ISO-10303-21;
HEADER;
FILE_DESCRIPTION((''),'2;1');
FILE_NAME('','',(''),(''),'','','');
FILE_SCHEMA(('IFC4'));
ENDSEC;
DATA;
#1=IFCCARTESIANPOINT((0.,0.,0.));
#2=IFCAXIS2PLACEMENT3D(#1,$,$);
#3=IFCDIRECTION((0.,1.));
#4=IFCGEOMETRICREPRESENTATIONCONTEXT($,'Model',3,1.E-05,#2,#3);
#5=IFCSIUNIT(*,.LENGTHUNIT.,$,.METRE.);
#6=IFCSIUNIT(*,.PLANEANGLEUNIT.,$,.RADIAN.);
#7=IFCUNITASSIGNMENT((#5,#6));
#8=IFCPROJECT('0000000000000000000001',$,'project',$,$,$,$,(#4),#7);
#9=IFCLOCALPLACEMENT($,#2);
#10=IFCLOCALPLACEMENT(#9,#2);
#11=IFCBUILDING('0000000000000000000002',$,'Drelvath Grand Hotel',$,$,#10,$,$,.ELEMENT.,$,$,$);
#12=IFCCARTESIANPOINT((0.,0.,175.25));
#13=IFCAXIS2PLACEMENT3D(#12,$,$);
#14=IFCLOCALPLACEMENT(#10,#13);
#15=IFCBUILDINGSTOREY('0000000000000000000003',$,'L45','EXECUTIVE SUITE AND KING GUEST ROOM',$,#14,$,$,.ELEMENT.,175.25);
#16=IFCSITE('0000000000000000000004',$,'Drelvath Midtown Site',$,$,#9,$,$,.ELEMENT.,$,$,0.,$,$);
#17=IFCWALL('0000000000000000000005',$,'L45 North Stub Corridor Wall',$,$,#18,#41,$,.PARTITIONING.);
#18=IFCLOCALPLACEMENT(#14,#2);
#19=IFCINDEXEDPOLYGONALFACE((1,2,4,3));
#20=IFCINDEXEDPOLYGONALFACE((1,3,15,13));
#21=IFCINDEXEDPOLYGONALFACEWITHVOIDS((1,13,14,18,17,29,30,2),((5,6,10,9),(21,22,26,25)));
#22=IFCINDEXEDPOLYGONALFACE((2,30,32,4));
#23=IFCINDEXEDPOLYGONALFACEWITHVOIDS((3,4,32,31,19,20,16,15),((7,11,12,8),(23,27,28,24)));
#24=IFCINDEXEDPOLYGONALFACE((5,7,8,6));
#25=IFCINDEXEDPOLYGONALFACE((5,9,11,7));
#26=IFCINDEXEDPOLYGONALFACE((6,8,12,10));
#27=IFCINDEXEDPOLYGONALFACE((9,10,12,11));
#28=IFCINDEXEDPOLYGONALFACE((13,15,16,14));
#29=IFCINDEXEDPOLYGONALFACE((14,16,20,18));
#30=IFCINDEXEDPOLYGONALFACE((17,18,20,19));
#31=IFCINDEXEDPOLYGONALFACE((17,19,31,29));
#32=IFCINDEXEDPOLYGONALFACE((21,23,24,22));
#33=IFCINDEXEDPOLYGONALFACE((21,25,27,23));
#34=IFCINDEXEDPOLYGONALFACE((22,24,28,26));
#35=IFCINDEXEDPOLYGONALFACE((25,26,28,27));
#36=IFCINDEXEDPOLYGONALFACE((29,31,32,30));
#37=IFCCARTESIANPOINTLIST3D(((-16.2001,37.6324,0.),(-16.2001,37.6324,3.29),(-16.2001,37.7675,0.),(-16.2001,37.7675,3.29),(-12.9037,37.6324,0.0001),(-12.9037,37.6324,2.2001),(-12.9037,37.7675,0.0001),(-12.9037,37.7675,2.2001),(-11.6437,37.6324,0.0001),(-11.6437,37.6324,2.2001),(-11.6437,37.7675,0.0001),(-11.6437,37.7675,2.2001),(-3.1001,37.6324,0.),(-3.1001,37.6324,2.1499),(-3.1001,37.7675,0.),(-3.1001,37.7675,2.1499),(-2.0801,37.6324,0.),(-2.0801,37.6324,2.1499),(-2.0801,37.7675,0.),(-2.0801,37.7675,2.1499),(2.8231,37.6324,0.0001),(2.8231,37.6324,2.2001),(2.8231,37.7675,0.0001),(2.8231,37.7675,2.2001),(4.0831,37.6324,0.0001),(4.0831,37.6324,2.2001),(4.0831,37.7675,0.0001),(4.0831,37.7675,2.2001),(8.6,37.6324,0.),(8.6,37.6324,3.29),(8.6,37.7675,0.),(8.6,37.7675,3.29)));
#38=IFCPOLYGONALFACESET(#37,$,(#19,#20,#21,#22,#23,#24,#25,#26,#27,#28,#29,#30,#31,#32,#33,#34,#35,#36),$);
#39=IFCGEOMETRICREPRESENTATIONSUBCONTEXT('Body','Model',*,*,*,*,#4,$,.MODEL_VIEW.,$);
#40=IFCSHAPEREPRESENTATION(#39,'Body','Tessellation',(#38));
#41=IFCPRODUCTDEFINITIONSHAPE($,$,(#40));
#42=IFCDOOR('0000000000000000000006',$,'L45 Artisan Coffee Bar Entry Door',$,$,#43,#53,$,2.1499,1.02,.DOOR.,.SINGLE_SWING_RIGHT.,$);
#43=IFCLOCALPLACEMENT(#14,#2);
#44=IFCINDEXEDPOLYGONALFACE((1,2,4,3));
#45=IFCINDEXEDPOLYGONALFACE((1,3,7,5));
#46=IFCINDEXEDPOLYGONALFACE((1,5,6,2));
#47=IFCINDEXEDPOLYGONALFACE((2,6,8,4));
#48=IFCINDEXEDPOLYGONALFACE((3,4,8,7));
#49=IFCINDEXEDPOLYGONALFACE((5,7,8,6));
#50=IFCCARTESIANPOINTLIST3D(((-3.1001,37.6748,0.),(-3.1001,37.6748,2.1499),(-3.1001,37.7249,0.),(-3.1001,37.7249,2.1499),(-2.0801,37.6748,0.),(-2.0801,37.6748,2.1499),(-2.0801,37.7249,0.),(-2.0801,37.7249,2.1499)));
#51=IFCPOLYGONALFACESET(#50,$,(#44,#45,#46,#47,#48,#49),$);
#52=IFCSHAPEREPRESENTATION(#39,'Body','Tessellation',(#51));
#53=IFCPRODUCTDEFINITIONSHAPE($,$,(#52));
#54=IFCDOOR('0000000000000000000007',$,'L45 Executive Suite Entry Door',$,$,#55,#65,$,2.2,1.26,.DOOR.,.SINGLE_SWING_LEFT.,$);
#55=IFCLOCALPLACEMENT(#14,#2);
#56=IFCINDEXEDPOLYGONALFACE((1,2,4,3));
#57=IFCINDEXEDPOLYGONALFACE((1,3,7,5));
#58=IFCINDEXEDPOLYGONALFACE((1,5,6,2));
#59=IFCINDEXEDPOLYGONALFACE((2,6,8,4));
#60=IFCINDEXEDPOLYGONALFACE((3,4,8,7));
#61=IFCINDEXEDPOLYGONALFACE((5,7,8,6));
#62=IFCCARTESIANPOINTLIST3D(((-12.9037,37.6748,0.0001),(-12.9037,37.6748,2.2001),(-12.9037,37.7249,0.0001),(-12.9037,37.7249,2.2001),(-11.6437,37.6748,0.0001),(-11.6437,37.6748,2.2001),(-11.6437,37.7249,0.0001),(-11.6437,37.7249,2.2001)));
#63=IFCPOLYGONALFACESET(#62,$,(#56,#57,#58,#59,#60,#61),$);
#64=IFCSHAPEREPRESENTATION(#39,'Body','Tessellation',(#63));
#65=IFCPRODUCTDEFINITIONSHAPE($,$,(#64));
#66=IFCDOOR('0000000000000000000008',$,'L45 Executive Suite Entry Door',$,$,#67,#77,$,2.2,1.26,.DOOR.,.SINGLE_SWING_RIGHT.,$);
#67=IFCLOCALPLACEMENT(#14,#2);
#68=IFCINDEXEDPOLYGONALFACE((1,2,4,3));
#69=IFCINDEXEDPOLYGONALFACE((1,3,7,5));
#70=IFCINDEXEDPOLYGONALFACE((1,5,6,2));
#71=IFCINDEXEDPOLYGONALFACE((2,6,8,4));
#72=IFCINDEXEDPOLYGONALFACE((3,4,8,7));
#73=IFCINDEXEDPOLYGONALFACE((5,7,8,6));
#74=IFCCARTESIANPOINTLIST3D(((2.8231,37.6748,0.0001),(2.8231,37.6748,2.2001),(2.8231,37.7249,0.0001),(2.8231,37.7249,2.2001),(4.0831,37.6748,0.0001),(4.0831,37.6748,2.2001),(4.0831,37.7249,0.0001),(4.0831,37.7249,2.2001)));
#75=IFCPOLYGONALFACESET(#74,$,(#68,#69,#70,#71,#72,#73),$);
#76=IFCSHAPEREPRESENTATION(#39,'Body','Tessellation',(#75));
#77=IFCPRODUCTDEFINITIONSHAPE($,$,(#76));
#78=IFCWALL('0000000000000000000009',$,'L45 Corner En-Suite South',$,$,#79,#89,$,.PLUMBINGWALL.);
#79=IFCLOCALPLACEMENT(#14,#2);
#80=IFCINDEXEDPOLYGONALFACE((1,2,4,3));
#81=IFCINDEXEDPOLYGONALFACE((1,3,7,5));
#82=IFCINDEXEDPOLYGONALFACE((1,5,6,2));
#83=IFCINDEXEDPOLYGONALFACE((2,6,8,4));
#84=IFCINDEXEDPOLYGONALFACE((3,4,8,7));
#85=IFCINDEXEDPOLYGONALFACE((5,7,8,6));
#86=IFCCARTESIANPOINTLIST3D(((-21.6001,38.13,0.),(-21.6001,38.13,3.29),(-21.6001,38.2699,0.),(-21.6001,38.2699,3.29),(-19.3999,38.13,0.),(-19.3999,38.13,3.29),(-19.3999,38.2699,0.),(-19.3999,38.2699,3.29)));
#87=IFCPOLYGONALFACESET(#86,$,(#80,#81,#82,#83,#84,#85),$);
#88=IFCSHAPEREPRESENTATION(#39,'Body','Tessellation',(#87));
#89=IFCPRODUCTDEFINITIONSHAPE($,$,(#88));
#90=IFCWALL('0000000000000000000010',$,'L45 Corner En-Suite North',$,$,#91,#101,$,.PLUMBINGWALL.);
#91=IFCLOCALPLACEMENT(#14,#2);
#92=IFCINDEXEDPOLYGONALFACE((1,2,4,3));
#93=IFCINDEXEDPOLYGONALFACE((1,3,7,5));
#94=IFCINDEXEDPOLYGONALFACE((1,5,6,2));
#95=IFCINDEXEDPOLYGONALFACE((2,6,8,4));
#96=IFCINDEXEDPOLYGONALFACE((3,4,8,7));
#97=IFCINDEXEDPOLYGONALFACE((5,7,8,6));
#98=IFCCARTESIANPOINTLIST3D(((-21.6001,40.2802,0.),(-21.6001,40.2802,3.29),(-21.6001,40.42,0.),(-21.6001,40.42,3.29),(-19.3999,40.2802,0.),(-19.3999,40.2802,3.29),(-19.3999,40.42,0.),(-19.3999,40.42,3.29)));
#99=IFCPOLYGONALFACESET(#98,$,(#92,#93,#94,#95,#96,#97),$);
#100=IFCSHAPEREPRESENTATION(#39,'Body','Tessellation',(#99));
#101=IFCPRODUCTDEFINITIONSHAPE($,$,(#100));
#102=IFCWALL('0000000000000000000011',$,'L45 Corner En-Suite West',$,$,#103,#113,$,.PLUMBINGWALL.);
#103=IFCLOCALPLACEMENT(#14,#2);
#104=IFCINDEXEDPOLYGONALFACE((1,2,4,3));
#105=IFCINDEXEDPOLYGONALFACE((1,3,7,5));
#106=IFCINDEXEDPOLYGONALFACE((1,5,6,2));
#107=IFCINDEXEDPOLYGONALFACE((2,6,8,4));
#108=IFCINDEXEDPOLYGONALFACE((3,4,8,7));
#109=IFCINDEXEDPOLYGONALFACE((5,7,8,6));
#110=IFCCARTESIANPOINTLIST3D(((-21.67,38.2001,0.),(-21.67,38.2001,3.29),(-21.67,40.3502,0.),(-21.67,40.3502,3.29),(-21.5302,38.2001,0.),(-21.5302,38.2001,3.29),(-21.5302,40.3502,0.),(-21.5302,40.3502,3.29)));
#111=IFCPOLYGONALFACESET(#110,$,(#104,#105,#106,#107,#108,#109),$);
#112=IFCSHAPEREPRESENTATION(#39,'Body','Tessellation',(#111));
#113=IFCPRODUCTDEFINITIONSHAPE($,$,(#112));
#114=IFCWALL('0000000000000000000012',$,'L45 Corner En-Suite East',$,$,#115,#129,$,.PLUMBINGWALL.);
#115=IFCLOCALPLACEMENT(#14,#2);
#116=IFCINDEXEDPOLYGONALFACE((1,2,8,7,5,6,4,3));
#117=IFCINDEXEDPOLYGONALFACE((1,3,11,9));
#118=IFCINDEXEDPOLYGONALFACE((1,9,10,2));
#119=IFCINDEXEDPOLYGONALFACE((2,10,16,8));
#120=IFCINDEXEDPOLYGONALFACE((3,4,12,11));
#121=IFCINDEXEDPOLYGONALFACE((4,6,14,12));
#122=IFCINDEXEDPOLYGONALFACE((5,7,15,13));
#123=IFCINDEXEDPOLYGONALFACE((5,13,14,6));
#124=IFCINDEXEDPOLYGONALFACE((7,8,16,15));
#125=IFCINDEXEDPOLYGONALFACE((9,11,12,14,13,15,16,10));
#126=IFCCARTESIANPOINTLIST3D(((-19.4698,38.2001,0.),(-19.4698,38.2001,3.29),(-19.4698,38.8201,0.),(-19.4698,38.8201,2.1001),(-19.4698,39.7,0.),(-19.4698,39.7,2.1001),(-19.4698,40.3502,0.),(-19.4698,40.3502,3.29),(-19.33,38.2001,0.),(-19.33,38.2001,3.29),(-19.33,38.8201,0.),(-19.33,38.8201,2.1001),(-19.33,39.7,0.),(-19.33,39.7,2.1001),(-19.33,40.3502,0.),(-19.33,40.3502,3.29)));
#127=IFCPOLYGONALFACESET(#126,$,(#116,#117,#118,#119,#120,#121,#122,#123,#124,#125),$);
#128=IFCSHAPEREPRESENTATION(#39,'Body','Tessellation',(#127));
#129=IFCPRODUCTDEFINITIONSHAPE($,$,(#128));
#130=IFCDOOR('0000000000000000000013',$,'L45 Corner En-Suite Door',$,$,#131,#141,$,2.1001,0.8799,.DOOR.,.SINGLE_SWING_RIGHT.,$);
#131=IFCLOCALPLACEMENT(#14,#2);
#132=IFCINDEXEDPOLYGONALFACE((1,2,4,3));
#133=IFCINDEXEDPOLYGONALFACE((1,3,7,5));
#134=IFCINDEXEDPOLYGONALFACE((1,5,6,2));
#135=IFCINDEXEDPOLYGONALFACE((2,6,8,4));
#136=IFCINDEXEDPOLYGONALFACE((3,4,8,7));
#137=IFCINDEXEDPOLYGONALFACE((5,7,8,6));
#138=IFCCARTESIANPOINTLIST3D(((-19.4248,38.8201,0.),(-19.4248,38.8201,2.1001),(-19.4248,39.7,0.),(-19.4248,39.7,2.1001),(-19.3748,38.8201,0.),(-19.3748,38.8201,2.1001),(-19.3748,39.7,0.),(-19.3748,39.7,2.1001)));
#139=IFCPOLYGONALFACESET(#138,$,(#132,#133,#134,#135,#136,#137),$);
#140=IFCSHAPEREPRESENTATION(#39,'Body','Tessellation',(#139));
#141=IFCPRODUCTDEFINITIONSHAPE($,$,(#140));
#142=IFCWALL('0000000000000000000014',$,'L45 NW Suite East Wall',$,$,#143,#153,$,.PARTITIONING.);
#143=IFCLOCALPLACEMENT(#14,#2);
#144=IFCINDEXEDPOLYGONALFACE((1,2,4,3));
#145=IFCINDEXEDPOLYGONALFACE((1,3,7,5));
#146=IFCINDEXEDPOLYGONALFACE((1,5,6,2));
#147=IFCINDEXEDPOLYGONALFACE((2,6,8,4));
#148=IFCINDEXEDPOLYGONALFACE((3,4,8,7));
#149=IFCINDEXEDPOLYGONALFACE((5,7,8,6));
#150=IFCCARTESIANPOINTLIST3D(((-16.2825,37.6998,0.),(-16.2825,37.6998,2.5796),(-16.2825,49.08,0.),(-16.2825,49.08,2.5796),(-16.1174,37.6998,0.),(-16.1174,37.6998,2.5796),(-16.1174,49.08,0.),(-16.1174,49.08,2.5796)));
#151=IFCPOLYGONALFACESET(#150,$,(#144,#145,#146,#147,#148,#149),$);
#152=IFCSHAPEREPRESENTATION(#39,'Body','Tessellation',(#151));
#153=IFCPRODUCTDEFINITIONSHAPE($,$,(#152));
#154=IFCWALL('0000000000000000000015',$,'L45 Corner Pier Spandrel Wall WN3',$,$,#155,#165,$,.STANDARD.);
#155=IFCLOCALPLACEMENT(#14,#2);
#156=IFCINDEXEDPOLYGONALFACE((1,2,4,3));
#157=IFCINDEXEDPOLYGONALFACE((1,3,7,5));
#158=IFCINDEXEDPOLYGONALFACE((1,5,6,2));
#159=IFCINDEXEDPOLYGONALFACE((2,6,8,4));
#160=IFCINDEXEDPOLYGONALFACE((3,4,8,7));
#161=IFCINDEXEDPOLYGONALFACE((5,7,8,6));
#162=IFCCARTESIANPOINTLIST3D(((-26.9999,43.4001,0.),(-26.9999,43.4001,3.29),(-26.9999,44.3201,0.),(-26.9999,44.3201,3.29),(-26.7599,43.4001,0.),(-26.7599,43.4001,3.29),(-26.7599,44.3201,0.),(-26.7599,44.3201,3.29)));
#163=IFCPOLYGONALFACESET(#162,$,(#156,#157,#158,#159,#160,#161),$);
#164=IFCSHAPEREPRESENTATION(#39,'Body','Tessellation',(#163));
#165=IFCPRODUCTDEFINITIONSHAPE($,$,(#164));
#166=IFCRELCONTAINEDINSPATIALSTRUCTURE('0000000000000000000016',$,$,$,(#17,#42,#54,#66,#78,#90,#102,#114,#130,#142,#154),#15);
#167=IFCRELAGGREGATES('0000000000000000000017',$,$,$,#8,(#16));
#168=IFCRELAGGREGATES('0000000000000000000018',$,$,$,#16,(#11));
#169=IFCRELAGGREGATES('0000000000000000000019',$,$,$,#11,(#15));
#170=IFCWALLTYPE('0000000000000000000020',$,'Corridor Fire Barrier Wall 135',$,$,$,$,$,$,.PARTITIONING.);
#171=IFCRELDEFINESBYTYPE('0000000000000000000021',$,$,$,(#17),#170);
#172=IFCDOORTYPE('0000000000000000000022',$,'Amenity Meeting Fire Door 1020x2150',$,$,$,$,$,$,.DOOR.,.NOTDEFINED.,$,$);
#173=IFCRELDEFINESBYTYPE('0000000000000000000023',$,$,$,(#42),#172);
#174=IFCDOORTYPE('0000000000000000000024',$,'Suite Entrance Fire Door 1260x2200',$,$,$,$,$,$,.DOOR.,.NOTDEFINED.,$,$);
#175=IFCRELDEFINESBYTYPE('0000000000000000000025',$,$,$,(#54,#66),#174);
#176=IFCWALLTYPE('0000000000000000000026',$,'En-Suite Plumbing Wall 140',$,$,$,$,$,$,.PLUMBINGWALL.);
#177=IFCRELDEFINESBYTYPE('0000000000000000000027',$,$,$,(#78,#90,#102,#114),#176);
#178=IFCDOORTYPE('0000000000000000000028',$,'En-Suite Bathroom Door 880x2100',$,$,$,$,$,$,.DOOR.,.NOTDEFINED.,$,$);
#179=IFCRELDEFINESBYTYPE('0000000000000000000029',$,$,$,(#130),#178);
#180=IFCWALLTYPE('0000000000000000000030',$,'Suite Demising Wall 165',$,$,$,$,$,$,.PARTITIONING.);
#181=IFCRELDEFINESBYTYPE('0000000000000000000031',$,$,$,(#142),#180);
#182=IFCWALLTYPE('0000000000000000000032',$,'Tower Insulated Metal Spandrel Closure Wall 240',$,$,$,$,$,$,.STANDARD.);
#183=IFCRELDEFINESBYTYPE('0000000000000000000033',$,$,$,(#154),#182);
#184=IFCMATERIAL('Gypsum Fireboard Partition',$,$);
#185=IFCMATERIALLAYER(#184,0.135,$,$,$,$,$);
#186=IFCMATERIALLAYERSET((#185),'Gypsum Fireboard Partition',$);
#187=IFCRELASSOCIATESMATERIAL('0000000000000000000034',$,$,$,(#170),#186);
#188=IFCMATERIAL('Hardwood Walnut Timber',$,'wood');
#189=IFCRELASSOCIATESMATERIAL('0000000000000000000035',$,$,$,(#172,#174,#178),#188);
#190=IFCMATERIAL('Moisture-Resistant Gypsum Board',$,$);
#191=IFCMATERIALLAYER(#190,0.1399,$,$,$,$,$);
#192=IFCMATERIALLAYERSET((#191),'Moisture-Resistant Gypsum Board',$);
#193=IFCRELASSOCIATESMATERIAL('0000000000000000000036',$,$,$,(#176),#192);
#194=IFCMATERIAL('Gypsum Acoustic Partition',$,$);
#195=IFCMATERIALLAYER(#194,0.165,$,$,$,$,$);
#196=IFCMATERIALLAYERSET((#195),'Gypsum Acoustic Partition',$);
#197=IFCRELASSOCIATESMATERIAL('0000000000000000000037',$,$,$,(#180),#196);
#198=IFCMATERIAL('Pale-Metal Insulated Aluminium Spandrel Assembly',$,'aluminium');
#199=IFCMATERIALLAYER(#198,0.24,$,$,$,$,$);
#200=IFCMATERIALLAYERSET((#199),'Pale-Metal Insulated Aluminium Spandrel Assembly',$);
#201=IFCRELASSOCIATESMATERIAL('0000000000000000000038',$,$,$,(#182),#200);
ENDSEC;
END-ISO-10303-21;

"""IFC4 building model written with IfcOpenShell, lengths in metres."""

from ifc_helpers import new_model, si_unit, direction, frame, frame_2d, origin, place, context, subcontext, project, spatial, rectangle, extrude, material, layer, layer_set, type_object, element, fill, save


model = new_model("IFC4")

# Units and contexts
model_context = context("Model", 3, precision=1e-05, world=origin(), true_north=direction((0.0, 1.0)))
body_context = subcontext(model_context, "Body", "Model", "MODEL_VIEW")
ifc_project = project(units=[si_unit("LENGTHUNIT", "METRE"), si_unit("PLANEANGLEUNIT", "RADIAN")], contexts=[model_context])

# Site, building, storey
site_placement = place(None, origin())
site = spatial("IfcSite", under=ifc_project, at=site_placement, Name="Drelvath Midtown Site", CompositionType="ELEMENT", RefElevation=0.0)
building_placement = place(site_placement, origin())
building = spatial("IfcBuilding", under=site, at=building_placement, Name="Drelvath Grand Hotel", CompositionType="ELEMENT")
storey_placement = place(building_placement, frame((0.0, 0.0, 175.25)))
storey = spatial("IfcBuildingStorey", under=building, at=storey_placement, Name="L45", Description="EXECUTIVE SUITE AND KING GUEST ROOM", CompositionType="ELEMENT", Elevation=175.25)

# Shared definitions
ifc_material_1 = material(Name="Gypsum Fireboard Partition")
ifc_layer_1 = layer(ifc_material_1, 0.135)
ifc_layer_set_1 = layer_set([ifc_layer_1], Name="Gypsum Fireboard Partition")
wall_type_1 = type_object("IfcWallType", Name="Corridor Fire Barrier Wall 135", PredefinedType="PARTITIONING", material=ifc_layer_set_1)

# Wall, openings, doors
wall_1_placement = place(storey_placement, frame((-16.2, 37.7, 0.0), z_axis=(0.0, 0.0, 1.0), x_axis=(1.0, 0.0, 0.0)))
wall_1 = element("IfcWall", 1, at=wall_1_placement, inside=storey, type_object=wall_type_1, Name="L45 North Stub Corridor Wall", PredefinedType="PARTITIONING", context=body_context, shape_type="SweptSolid", body=[
    extrude(rectangle(XDim=24.8, YDim=0.135, at=frame_2d((12.3999, 0.0))), origin(), (0.0, 0.0, 1.0), 3.29),
])
opening_1_placement = place(wall_1_placement, frame((3.2964, 0.0, 0.0)))
opening_1 = element("IfcOpeningElement", 2, at=opening_1_placement, cuts=wall_1, PredefinedType="OPENING", context=body_context, shape_type="SweptSolid", body=[
    extrude(rectangle(XDim=1.26, YDim=2.2, at=frame_2d((0.6299, 1.1001))), frame((0.0, 0.0774, 0.0), z_axis=(0.0, -1.0, 0.0), x_axis=(1.0, 0.0, 0.0)), (0.0, 0.0, 1.0), 0.155),
])
opening_2_placement = place(wall_1_placement, frame((13.0999, 0.0, 0.0)))
opening_2 = element("IfcOpeningElement", 3, at=opening_2_placement, cuts=wall_1, PredefinedType="OPENING", context=body_context, shape_type="SweptSolid", body=[
    extrude(rectangle(XDim=1.02, YDim=2.1499, at=frame_2d((0.51, 1.075))), frame((0.0, 0.0774, 0.0), z_axis=(0.0, -1.0, 0.0), x_axis=(1.0, 0.0, 0.0)), (0.0, 0.0, 1.0), 0.155),
])
opening_3_placement = place(wall_1_placement, frame((19.0232, 0.0, 0.0)))
opening_3 = element("IfcOpeningElement", 4, at=opening_3_placement, cuts=wall_1, PredefinedType="OPENING", context=body_context, shape_type="SweptSolid", body=[
    extrude(rectangle(XDim=1.26, YDim=2.2, at=frame_2d((0.6299, 1.1001))), frame((0.0, 0.0774, 0.0), z_axis=(0.0, -1.0, 0.0), x_axis=(1.0, 0.0, 0.0)), (0.0, 0.0, 1.0), 0.155),
])
ifc_material_2 = material(Name="Hardwood Walnut Timber", Category="wood")
door_type_1 = type_object("IfcDoorType", Name="Amenity Meeting Fire Door 1020x2150", OperationType="NOTDEFINED", PredefinedType="DOOR", material=ifc_material_2)
door_1_placement = place(opening_2_placement, origin())
door_1 = element("IfcDoor", 5, at=door_1_placement, inside=storey, type_object=door_type_1, Name="L45 Artisan Coffee Bar Entry Door", OperationType="SINGLE_SWING_RIGHT", OverallHeight=2.1499, OverallWidth=1.02, PredefinedType="DOOR", context=body_context, shape_type="SweptSolid", body=[
    extrude(rectangle(XDim=1.02, YDim=2.1499, at=frame_2d((0.51, 1.075))), frame((0.0, 0.0249, 0.0), z_axis=(0.0, -1.0, 0.0), x_axis=(1.0, 0.0, 0.0)), (0.0, 0.0, 1.0), 0.05),
])
fill(opening_2, door_1)
door_type_2 = type_object("IfcDoorType", Name="Suite Entrance Fire Door 1260x2200", OperationType="NOTDEFINED", PredefinedType="DOOR", material=ifc_material_2)
door_2_placement = place(opening_1_placement, origin())
door_2 = element("IfcDoor", 6, at=door_2_placement, inside=storey, type_object=door_type_2, Name="L45 Executive Suite Entry Door", OperationType="SINGLE_SWING_LEFT", OverallHeight=2.2, OverallWidth=1.26, PredefinedType="DOOR", context=body_context, shape_type="SweptSolid", body=[
    extrude(rectangle(XDim=1.26, YDim=2.2, at=frame_2d((0.6299, 1.1001))), frame((0.0, 0.0249, 0.0), z_axis=(0.0, -1.0, 0.0), x_axis=(1.0, 0.0, 0.0)), (0.0, 0.0, 1.0), 0.05),
])
fill(opening_1, door_2)
door_3_placement = place(opening_3_placement, origin())
door_3 = element("IfcDoor", 7, at=door_3_placement, inside=storey, type_object=door_type_2, Name="L45 Executive Suite Entry Door", OperationType="SINGLE_SWING_RIGHT", OverallHeight=2.2, OverallWidth=1.26, PredefinedType="DOOR", context=body_context, shape_type="SweptSolid", body=[
    extrude(rectangle(XDim=1.26, YDim=2.2, at=frame_2d((0.6299, 1.1001))), frame((0.0, 0.0249, 0.0), z_axis=(0.0, -1.0, 0.0), x_axis=(1.0, 0.0, 0.0)), (0.0, 0.0, 1.0), 0.05),
])
fill(opening_3, door_3)

# Walls
ifc_material_3 = material(Name="Moisture-Resistant Gypsum Board")
ifc_layer_2 = layer(ifc_material_3, 0.1399)
ifc_layer_set_2 = layer_set([ifc_layer_2], Name="Moisture-Resistant Gypsum Board")
wall_type_2 = type_object("IfcWallType", Name="En-Suite Plumbing Wall 140", PredefinedType="PLUMBINGWALL", material=ifc_layer_set_2)
for number, where, z_axis, x_axis, name in (
    (8, (-21.6001, 38.2, 0.0), (0.0, 0.0, 1.0), (1.0, 0.0, 0.0), "L45 Corner En-Suite South"),
    (9, (-21.6001, 40.3501, 0.0), (0.0, 0.0, 1.0), (1.0, 0.0, 0.0), "L45 Corner En-Suite North"),
):
    element("IfcWall", number, at=place(storey_placement, frame(where, z_axis=z_axis, x_axis=x_axis)), inside=storey, type_object=wall_type_2, Name=name, PredefinedType="PLUMBINGWALL", context=body_context, shape_type="SweptSolid", body=[
        extrude(rectangle(XDim=2.2002, YDim=0.1399, at=frame_2d((1.1001, 0.0))), origin(), (0.0, 0.0, 1.0), 3.29),
    ])
wall_2_placement = place(storey_placement, frame((-21.6001, 38.2, 0.0), z_axis=(0.0, 0.0, 1.0), x_axis=(0.0, 1.0, 0.0)))
element("IfcWall", 10, at=wall_2_placement, inside=storey, type_object=wall_type_2, Name="L45 Corner En-Suite West", PredefinedType="PLUMBINGWALL", context=body_context, shape_type="SweptSolid", body=[
    extrude(rectangle(XDim=2.1501, YDim=0.1399, at=frame_2d((1.0752, 0.0))), origin(), (0.0, 0.0, 1.0), 3.29),
])

# Wall, opening, door
wall_3_placement = place(storey_placement, frame((-19.3999, 38.2, 0.0), z_axis=(0.0, 0.0, 1.0), x_axis=(0.0, 1.0, 0.0)))
wall_3 = element("IfcWall", 11, at=wall_3_placement, inside=storey, type_object=wall_type_2, Name="L45 Corner En-Suite East", PredefinedType="PLUMBINGWALL", context=body_context, shape_type="SweptSolid", body=[
    extrude(rectangle(XDim=2.1501, YDim=0.1399, at=frame_2d((1.0752, 0.0))), origin(), (0.0, 0.0, 1.0), 3.29),
])
opening_4_placement = place(wall_3_placement, frame((0.6201, 0.0, 0.0)))
opening_4 = element("IfcOpeningElement", 12, at=opening_4_placement, cuts=wall_3, PredefinedType="OPENING", context=body_context, shape_type="SweptSolid", body=[
    extrude(rectangle(XDim=0.8799, YDim=2.1001, at=frame_2d((0.4399, 1.05))), frame((0.0, 0.0798, 0.0), z_axis=(0.0, -1.0, 0.0), x_axis=(1.0, 0.0, 0.0)), (0.0, 0.0, 1.0), 0.1599),
])
door_type_3 = type_object("IfcDoorType", Name="En-Suite Bathroom Door 880x2100", OperationType="NOTDEFINED", PredefinedType="DOOR", material=ifc_material_2)
door_4_placement = place(opening_4_placement, origin())
door_4 = element("IfcDoor", 13, at=door_4_placement, inside=storey, type_object=door_type_3, Name="L45 Corner En-Suite Door", OperationType="SINGLE_SWING_RIGHT", OverallHeight=2.1001, OverallWidth=0.8799, PredefinedType="DOOR", context=body_context, shape_type="SweptSolid", body=[
    extrude(rectangle(XDim=0.8799, YDim=2.1001, at=frame_2d((0.4399, 1.05))), frame((0.0, 0.0249, 0.0), z_axis=(0.0, -1.0, 0.0), x_axis=(1.0, 0.0, 0.0)), (0.0, 0.0, 1.0), 0.05),
])
fill(opening_4, door_4)

# Walls
ifc_material_4 = material(Name="Gypsum Acoustic Partition")
ifc_layer_3 = layer(ifc_material_4, 0.165)
ifc_layer_set_3 = layer_set([ifc_layer_3], Name="Gypsum Acoustic Partition")
wall_type_3 = type_object("IfcWallType", Name="Suite Demising Wall 165", PredefinedType="PARTITIONING", material=ifc_layer_set_3)
wall_4_placement = place(storey_placement, frame((-16.2, 37.7, 0.0), z_axis=(0.0, 0.0, 1.0), x_axis=(0.0, 1.0, 0.0)))
element("IfcWall", 14, at=wall_4_placement, inside=storey, type_object=wall_type_3, Name="L45 NW Suite East Wall", PredefinedType="PARTITIONING", context=body_context, shape_type="SweptSolid", body=[
    extrude(rectangle(XDim=11.3801, YDim=0.165, at=frame_2d((5.6899, 0.0))), origin(), (0.0, 0.0, 1.0), 2.5796),
])
ifc_material_5 = material(Name="Pale-Metal Insulated Aluminium Spandrel Assembly", Category="aluminium")
ifc_layer_4 = layer(ifc_material_5, 0.24)
ifc_layer_set_4 = layer_set([ifc_layer_4], Name="Pale-Metal Insulated Aluminium Spandrel Assembly")
wall_type_4 = type_object("IfcWallType", Name="Tower Insulated Metal Spandrel Closure Wall 240", PredefinedType="STANDARD", material=ifc_layer_set_4)
wall_5_placement = place(storey_placement, frame((-26.8799, 43.4001, 0.0), z_axis=(0.0, 0.0, 1.0), x_axis=(0.0, 1.0, 0.0)))
element("IfcWall", 15, at=wall_5_placement, inside=storey, type_object=wall_type_4, Name="L45 Corner Pier Spandrel Wall WN3", PredefinedType="STANDARD", context=body_context, shape_type="SweptSolid", body=[
    extrude(rectangle(XDim=0.9199, YDim=0.24, at=frame_2d((0.46, 0.0))), origin(), (0.0, 0.0, 1.0), 3.29),
])

save(model, "model.ifc")
